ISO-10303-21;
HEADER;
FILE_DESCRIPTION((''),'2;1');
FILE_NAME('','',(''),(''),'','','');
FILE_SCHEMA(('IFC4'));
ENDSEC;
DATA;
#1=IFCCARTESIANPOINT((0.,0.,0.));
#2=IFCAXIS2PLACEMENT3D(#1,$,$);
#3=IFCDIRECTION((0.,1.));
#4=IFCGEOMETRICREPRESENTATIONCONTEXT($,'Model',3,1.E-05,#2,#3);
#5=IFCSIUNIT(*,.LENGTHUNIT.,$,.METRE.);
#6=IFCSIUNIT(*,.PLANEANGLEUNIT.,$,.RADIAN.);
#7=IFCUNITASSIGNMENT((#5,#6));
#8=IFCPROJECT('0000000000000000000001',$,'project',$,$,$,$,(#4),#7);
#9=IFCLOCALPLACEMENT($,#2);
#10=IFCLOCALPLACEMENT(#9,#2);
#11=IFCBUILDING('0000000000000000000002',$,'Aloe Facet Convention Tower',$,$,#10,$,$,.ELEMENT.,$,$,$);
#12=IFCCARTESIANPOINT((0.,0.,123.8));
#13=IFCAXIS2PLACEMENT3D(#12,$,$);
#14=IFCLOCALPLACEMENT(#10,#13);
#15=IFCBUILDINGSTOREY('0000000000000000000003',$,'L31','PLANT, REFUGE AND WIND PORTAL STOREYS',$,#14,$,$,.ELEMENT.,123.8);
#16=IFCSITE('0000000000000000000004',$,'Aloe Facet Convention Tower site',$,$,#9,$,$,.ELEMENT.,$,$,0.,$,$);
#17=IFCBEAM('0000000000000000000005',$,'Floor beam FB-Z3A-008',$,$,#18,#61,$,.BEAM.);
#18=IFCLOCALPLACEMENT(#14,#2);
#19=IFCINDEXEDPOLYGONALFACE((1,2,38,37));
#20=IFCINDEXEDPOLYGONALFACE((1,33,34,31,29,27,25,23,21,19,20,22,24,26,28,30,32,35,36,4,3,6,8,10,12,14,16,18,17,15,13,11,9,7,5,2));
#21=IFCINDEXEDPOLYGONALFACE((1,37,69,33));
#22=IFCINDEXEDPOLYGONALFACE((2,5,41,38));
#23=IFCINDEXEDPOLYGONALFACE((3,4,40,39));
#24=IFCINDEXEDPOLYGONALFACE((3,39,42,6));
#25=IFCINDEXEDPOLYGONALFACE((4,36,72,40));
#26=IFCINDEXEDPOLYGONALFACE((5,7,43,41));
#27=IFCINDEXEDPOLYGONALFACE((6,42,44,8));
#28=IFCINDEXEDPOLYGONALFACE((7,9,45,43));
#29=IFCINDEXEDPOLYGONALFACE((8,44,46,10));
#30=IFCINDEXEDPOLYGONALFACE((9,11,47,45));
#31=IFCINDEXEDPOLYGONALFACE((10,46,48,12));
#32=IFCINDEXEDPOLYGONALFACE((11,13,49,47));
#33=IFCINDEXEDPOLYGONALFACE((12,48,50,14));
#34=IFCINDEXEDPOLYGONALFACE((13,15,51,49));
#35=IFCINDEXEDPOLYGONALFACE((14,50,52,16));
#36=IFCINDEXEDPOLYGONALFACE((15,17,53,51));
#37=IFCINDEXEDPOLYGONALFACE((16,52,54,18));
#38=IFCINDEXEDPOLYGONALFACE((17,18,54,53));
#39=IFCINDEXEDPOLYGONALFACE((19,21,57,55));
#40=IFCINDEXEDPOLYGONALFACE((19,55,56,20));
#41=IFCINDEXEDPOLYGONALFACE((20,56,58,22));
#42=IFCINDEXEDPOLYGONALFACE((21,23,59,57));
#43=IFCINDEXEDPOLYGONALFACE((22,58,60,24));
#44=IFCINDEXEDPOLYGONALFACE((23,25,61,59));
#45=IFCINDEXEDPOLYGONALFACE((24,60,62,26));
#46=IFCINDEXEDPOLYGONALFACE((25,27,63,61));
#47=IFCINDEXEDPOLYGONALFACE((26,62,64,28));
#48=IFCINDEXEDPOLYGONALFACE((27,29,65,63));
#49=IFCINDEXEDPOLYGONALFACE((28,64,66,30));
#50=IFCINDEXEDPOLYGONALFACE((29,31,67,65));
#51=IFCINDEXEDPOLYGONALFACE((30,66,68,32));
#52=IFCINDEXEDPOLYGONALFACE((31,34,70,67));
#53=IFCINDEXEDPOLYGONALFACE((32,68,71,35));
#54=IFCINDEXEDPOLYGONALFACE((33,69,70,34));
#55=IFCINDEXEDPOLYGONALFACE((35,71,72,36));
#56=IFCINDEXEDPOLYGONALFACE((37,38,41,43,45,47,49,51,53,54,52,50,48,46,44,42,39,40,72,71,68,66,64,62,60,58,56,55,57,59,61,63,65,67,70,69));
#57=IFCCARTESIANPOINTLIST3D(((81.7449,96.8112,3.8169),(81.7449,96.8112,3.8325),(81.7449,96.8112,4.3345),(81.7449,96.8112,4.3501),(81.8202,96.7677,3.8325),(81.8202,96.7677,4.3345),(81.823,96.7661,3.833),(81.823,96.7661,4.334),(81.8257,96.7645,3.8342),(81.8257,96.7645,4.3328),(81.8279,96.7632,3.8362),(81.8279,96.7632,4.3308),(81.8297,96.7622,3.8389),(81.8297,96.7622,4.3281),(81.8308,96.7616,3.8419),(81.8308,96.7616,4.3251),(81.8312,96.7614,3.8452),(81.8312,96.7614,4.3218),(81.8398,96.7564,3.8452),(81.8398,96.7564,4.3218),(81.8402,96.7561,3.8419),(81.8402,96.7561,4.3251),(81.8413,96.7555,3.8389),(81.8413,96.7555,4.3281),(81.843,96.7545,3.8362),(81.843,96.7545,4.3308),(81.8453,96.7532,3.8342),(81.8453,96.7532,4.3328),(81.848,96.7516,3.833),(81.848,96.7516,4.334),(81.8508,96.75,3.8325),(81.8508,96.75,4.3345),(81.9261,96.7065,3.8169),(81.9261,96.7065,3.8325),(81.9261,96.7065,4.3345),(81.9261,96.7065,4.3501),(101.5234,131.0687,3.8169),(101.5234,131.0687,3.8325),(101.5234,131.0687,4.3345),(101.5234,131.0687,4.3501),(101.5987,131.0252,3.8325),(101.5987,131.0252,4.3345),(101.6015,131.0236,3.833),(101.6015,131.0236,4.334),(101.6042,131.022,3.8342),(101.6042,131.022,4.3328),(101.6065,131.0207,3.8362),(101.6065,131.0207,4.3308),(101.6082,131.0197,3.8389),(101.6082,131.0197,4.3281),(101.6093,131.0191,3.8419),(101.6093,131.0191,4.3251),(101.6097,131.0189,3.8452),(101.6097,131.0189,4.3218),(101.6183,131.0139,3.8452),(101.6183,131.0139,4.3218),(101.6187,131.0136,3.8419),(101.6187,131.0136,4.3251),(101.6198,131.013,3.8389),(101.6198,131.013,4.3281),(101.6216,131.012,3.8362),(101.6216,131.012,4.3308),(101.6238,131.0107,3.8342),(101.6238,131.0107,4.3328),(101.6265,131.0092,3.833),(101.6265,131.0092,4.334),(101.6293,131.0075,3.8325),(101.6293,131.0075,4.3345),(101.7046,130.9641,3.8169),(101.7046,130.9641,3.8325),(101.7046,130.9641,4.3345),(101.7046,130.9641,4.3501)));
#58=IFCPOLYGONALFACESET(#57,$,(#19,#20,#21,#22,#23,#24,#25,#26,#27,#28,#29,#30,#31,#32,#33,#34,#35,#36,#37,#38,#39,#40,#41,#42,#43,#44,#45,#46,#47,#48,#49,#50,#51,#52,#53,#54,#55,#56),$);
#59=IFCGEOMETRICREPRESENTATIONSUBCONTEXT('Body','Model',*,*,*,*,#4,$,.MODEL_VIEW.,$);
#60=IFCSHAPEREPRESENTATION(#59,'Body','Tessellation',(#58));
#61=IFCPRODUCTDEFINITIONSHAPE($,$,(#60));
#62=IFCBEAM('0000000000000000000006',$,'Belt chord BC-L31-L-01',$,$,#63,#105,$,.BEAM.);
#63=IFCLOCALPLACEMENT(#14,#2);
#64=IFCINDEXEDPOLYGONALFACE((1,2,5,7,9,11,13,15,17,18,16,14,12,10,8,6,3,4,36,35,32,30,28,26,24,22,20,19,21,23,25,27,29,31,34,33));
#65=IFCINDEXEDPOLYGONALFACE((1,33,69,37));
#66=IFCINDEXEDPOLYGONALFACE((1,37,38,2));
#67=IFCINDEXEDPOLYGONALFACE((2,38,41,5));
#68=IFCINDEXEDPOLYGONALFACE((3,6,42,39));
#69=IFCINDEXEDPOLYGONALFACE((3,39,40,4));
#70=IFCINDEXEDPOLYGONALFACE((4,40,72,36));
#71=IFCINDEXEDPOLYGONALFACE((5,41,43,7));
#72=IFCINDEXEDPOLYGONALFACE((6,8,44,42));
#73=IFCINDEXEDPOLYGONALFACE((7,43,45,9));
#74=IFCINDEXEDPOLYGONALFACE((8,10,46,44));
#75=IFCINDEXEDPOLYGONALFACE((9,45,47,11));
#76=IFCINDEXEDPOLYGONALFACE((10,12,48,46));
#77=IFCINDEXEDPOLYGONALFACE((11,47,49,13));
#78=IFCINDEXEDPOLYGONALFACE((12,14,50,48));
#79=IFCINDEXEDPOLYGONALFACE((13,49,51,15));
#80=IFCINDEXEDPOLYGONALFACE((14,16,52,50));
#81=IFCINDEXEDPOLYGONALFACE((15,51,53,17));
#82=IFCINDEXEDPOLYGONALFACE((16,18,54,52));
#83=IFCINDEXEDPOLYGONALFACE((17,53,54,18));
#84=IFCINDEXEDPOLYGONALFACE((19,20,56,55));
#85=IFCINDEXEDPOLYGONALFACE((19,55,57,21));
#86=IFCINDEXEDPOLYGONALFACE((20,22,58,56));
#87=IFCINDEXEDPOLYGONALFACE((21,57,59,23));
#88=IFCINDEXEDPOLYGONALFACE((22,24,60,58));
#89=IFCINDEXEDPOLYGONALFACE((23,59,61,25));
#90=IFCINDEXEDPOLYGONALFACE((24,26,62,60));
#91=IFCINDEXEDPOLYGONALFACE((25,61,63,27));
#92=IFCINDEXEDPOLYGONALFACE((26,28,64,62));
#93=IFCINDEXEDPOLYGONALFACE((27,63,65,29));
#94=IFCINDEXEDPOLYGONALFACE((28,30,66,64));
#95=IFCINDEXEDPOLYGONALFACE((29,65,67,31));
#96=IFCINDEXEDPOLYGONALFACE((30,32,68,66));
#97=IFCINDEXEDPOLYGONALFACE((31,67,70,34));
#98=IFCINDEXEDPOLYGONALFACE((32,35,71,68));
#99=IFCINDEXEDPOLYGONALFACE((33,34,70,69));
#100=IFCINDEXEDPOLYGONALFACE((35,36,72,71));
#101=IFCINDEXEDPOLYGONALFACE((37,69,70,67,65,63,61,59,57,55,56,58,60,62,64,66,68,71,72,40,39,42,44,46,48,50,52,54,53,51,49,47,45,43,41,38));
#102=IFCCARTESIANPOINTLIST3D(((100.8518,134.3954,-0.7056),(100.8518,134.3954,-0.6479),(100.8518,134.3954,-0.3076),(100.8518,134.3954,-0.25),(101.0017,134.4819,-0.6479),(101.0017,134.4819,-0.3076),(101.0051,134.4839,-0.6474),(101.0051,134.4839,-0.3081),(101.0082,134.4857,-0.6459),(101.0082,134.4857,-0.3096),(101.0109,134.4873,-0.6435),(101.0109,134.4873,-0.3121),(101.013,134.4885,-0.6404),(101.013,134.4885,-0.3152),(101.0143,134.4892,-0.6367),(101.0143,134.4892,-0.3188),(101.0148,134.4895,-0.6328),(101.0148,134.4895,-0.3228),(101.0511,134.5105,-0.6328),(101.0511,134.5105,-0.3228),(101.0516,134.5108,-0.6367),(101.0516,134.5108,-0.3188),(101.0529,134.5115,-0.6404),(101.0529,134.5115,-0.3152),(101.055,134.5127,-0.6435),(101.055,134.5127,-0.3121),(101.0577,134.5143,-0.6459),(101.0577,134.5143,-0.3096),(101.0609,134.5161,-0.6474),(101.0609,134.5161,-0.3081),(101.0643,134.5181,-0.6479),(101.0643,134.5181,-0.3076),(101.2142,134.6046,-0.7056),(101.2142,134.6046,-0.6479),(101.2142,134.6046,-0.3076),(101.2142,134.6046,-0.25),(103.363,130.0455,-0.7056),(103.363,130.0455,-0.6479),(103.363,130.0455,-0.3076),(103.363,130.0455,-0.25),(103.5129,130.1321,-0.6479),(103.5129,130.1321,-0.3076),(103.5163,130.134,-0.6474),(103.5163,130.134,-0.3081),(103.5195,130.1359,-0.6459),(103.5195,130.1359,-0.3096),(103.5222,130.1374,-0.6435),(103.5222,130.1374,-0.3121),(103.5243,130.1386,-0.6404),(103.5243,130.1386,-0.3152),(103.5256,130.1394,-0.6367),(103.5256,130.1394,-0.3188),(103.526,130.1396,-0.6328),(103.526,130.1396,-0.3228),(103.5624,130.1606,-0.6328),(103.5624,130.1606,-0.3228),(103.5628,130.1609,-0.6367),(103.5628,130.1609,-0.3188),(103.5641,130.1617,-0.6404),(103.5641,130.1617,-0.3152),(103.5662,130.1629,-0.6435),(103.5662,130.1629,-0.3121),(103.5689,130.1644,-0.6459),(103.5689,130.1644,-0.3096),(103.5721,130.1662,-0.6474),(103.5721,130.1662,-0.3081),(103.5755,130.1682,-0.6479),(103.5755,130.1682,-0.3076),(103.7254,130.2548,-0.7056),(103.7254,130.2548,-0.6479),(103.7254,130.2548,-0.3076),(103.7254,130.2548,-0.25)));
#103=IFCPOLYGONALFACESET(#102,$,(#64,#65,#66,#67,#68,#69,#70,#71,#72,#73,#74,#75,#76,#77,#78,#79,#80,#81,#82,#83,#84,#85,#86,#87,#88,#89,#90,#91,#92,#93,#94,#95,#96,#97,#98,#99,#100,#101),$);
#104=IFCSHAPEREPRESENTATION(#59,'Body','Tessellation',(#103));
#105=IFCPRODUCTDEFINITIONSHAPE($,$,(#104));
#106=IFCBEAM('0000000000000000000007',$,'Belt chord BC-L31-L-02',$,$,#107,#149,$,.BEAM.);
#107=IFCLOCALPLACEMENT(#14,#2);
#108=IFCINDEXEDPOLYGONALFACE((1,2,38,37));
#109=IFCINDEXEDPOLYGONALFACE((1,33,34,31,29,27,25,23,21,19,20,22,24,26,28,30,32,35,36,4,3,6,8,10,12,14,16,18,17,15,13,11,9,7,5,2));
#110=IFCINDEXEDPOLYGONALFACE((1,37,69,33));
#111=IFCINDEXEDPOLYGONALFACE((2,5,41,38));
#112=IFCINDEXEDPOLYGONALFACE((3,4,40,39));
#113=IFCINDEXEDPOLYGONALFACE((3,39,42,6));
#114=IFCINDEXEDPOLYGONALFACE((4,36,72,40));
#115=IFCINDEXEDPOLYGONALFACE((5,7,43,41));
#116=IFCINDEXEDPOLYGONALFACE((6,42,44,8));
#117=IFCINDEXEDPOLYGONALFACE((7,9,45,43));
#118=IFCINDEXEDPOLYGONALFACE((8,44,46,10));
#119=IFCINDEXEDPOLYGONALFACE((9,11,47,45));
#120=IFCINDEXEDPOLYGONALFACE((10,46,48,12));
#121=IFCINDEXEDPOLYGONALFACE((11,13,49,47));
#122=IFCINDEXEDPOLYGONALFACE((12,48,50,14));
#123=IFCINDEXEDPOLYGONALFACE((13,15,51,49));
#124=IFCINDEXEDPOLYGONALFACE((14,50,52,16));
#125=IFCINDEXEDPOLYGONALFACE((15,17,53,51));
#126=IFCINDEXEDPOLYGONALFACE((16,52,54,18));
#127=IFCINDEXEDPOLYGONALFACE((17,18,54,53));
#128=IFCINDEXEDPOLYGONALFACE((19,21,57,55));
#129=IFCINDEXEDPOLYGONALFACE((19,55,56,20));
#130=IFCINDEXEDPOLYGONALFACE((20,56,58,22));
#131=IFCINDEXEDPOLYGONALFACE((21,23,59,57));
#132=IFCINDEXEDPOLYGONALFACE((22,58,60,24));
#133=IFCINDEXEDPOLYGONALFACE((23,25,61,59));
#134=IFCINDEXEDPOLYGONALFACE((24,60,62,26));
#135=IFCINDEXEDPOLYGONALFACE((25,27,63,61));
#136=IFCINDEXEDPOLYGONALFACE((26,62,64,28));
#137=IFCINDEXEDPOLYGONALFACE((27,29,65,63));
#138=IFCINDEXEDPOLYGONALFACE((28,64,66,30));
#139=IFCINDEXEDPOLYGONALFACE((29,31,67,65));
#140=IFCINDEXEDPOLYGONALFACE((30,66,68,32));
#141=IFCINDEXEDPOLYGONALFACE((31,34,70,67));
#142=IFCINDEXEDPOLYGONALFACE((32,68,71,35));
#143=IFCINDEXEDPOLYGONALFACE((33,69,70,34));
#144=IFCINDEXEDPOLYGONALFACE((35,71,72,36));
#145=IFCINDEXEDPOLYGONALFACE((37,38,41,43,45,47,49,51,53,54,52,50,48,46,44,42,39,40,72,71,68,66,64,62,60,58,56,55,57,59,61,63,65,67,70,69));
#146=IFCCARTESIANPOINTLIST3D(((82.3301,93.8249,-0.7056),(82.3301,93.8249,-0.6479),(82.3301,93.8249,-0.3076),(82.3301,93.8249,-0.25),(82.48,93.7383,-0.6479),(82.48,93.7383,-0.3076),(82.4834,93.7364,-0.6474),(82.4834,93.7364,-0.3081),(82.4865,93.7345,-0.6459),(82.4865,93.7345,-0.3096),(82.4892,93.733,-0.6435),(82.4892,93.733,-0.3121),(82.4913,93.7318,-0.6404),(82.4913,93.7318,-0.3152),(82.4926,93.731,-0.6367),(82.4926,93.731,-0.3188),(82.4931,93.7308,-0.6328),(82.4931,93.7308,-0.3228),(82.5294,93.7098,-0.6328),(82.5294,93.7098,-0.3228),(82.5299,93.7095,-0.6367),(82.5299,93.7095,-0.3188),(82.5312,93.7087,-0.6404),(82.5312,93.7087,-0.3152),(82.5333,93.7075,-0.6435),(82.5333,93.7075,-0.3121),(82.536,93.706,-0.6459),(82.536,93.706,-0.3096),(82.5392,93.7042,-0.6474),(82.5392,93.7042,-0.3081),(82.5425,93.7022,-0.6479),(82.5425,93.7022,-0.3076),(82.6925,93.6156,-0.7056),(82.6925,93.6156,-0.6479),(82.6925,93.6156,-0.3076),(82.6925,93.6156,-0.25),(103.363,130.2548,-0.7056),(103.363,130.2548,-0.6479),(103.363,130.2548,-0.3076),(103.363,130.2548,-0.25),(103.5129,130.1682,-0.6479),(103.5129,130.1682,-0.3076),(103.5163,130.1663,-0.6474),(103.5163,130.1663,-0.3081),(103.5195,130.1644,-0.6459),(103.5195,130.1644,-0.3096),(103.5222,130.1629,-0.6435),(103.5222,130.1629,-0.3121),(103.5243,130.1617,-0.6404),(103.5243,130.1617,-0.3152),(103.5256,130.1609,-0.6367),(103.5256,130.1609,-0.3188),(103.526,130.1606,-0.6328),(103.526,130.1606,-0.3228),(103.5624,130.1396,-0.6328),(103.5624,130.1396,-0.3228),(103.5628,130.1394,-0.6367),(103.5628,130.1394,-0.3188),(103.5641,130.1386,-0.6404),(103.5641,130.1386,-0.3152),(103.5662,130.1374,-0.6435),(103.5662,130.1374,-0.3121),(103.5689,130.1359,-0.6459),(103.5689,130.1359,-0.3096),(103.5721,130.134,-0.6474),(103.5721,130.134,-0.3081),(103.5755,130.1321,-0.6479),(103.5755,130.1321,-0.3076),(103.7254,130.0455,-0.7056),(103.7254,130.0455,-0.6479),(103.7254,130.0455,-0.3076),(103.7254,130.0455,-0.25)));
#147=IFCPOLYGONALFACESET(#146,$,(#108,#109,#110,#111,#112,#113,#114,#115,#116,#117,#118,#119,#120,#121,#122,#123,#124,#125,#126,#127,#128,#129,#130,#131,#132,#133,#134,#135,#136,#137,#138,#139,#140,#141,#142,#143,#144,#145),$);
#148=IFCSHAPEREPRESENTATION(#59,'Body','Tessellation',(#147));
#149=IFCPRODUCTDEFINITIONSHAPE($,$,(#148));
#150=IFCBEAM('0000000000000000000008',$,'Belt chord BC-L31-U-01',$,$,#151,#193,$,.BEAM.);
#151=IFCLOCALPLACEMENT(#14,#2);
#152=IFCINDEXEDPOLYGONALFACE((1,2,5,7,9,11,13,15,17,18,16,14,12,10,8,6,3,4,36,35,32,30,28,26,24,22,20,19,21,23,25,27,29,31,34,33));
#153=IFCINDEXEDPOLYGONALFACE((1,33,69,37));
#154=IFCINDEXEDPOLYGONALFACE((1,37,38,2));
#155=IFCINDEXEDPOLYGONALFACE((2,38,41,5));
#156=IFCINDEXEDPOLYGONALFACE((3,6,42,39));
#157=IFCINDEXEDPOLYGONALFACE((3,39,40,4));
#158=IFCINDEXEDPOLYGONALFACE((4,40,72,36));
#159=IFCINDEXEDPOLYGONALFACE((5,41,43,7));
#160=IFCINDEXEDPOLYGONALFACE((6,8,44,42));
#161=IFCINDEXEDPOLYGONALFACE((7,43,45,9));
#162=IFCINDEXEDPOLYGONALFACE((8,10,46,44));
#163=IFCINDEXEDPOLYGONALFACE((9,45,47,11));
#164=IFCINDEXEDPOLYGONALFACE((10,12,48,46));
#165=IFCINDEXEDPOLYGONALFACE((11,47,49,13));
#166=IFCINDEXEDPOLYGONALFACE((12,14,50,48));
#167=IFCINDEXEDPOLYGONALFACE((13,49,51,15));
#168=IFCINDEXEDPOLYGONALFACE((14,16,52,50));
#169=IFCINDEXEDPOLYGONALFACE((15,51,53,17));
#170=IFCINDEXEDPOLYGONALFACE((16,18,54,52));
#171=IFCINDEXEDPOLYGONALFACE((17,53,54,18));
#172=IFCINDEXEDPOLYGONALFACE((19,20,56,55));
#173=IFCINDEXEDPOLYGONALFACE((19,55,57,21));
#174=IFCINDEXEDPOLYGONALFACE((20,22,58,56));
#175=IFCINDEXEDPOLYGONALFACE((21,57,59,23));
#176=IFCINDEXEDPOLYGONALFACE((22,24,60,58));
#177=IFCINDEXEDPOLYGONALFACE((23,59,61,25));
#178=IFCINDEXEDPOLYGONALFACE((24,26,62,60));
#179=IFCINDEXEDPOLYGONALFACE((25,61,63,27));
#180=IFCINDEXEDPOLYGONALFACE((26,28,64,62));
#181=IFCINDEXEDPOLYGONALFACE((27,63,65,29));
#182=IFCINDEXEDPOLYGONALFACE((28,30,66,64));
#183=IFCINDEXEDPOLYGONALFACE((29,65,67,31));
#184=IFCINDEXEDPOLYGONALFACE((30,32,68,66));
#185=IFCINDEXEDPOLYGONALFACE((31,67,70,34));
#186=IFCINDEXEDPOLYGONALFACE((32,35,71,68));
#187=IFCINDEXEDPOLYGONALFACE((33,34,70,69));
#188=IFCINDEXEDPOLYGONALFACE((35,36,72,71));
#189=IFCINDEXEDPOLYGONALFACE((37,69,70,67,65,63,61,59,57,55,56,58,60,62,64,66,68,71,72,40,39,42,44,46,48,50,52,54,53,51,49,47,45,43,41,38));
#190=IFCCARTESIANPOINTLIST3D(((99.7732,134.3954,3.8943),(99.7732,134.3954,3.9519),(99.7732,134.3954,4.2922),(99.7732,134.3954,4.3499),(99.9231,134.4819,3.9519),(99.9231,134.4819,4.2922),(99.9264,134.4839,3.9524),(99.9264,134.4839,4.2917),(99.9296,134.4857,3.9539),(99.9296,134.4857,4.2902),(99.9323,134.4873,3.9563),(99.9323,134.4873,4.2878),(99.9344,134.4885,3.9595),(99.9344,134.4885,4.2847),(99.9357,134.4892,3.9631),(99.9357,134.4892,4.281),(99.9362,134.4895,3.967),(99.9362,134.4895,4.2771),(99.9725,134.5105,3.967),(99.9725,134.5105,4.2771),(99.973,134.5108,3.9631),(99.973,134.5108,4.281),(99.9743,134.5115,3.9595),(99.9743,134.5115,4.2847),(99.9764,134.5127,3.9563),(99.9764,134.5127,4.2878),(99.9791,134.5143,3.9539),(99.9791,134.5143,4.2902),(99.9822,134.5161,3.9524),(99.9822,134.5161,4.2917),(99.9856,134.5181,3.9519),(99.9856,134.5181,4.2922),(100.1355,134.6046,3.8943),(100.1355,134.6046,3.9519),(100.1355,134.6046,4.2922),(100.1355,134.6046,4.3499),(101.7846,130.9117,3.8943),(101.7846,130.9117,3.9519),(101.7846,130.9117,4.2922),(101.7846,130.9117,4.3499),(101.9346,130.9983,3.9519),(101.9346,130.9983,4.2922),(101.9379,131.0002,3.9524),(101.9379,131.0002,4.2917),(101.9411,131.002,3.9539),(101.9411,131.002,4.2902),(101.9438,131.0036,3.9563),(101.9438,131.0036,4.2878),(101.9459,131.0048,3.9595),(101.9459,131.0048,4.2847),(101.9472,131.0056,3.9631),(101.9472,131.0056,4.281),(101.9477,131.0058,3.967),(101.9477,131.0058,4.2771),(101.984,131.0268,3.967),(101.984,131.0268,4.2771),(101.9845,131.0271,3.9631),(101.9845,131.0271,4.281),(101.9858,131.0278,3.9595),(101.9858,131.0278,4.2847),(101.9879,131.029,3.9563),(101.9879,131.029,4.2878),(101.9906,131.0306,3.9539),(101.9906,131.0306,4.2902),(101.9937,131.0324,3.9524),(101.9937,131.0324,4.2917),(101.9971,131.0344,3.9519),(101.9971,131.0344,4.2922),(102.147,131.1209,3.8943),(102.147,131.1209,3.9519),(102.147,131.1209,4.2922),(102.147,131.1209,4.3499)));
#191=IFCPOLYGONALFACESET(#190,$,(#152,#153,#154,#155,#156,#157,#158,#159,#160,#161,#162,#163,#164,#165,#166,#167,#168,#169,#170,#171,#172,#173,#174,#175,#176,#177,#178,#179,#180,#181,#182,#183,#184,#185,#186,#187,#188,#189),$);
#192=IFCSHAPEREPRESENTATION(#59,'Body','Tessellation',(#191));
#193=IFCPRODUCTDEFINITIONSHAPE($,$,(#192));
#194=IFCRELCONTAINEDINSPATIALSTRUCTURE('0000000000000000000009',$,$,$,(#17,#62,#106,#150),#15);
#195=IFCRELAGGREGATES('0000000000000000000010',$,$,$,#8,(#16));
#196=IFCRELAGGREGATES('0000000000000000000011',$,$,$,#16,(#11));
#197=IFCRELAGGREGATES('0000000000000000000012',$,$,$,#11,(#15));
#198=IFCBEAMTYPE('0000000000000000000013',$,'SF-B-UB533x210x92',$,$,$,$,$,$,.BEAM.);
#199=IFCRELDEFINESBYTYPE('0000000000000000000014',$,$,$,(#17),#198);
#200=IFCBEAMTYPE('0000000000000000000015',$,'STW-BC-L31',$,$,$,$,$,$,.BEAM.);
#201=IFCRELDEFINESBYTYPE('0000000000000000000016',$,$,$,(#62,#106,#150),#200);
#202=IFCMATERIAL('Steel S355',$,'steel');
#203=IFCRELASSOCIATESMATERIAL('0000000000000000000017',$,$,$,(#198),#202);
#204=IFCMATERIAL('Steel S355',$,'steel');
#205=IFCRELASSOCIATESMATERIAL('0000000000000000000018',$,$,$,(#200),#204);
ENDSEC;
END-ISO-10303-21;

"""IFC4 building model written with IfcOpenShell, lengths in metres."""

from ifc_helpers import new_model, si_unit, direction, frame, origin, origin_2d, place, context, subcontext, project, spatial, i_section, extrude, material, material_profile, profile_set, type_object, element, save


model = new_model("IFC4")

# Units and contexts
model_context = context("Model", 3, precision=1e-05, world=origin(), true_north=direction((0.0, 1.0)))
body_context = subcontext(model_context, "Body", "Model", "MODEL_VIEW")
ifc_project = project(units=[si_unit("LENGTHUNIT", "METRE"), si_unit("PLANEANGLEUNIT", "RADIAN")], contexts=[model_context])

# Site, building, storey
site_placement = place(None, origin())
site = spatial("IfcSite", under=ifc_project, at=site_placement, Name="Aloe Facet Convention Tower site", CompositionType="ELEMENT", RefElevation=0.0)
building_placement = place(site_placement, origin())
building = spatial("IfcBuilding", under=site, at=building_placement, Name="Aloe Facet Convention Tower", CompositionType="ELEMENT")
storey_placement = place(building_placement, frame((0.0, 0.0, 123.8)))
storey = spatial("IfcBuildingStorey", under=building, at=storey_placement, Name="L31", Description="PLANT, REFUGE AND WIND PORTAL STOREYS", CompositionType="ELEMENT", Elevation=123.8)

# Beams
ifc_material_1 = material(Name="Steel S355", Category="steel")
ifc_material_profile_1 = material_profile(ifc_material_1, i_section(OverallWidth=0.2092, OverallDepth=0.5332, WebThickness=0.01, FlangeThickness=0.0156, FilletRadius=0.0127, at=origin_2d()), Name="UB 533x210x92")
ifc_profile_set_1 = profile_set([ifc_material_profile_1], Name="Steel S355")
beam_type_1 = type_object("IfcBeamType", Name="SF-B-UB533x210x92", PredefinedType="BEAM", material=ifc_profile_set_1)
beam_1_placement = place(storey_placement, frame((101.614, 131.0164, 4.0835), z_axis=(-0.499999, -0.866026, 0.0), x_axis=(0.866026, -0.499999, 0.0)))
element("IfcBeam", 1, at=beam_1_placement, inside=storey, type_object=beam_type_1, Name="Floor beam FB-Z3A-008", PredefinedType="BEAM", context=body_context, shape_type="SweptSolid", body=[
    extrude(i_section(OverallWidth=0.2092, OverallDepth=0.5332, WebThickness=0.01, FlangeThickness=0.0156, FilletRadius=0.0127, at=origin_2d()), origin(), (0.0, 0.0, 1.0), 39.5571),
])
ifc_material_2 = material(Name="Steel S355", Category="steel")
ifc_material_profile_2 = material_profile(ifc_material_2, i_section(OverallWidth=0.4185, OverallDepth=0.4556, WebThickness=0.042, FlangeThickness=0.0576, FilletRadius=0.0151, at=origin_2d()), Name="UC 356x406x551")
ifc_profile_set_2 = profile_set([ifc_material_profile_2], Name="Steel S355")
beam_type_2 = type_object("IfcBeamType", Name="STW-BC-L31", PredefinedType="BEAM", material=ifc_profile_set_2)
beam_2_placement = place(storey_placement, frame((101.033, 134.5, -0.4778), z_axis=(0.499976, -0.866039, 0.0), x_axis=(0.866039, 0.499976, 0.0)))
element("IfcBeam", 2, at=beam_2_placement, inside=storey, type_object=beam_type_2, Name="Belt chord BC-L31-L-01", PredefinedType="BEAM", context=body_context, shape_type="SweptSolid", body=[
    extrude(i_section(OverallWidth=0.4185, OverallDepth=0.4556, WebThickness=0.042, FlangeThickness=0.0576, FilletRadius=0.0151, at=origin_2d()), origin(), (0.0, 0.0, 1.0), 5.0227),
])
beam_3_placement = place(storey_placement, frame((103.5442, 130.1501, -0.4778), z_axis=(-0.500002, -0.866024, 0.0), x_axis=(0.866024, -0.500002, 0.0)))
element("IfcBeam", 3, at=beam_3_placement, inside=storey, type_object=beam_type_2, Name="Belt chord BC-L31-L-02", PredefinedType="BEAM", context=body_context, shape_type="SweptSolid", body=[
    extrude(i_section(OverallWidth=0.4185, OverallDepth=0.4556, WebThickness=0.042, FlangeThickness=0.0576, FilletRadius=0.0151, at=origin_2d()), origin(), (0.0, 0.0, 1.0), 42.0657),
])
beam_4_placement = place(storey_placement, frame((99.9543, 134.5, 4.1221), z_axis=(0.500036, -0.866005, 0.0), x_axis=(0.866005, 0.500036, 0.0)))
element("IfcBeam", 4, at=beam_4_placement, inside=storey, type_object=beam_type_2, Name="Belt chord BC-L31-U-01", PredefinedType="BEAM", context=body_context, shape_type="SweptSolid", body=[
    extrude(i_section(OverallWidth=0.4185, OverallDepth=0.4556, WebThickness=0.042, FlangeThickness=0.0576, FilletRadius=0.0151, at=origin_2d()), origin(), (0.0, 0.0, 1.0), 4.0227),
])

save(model, "model.ifc")
